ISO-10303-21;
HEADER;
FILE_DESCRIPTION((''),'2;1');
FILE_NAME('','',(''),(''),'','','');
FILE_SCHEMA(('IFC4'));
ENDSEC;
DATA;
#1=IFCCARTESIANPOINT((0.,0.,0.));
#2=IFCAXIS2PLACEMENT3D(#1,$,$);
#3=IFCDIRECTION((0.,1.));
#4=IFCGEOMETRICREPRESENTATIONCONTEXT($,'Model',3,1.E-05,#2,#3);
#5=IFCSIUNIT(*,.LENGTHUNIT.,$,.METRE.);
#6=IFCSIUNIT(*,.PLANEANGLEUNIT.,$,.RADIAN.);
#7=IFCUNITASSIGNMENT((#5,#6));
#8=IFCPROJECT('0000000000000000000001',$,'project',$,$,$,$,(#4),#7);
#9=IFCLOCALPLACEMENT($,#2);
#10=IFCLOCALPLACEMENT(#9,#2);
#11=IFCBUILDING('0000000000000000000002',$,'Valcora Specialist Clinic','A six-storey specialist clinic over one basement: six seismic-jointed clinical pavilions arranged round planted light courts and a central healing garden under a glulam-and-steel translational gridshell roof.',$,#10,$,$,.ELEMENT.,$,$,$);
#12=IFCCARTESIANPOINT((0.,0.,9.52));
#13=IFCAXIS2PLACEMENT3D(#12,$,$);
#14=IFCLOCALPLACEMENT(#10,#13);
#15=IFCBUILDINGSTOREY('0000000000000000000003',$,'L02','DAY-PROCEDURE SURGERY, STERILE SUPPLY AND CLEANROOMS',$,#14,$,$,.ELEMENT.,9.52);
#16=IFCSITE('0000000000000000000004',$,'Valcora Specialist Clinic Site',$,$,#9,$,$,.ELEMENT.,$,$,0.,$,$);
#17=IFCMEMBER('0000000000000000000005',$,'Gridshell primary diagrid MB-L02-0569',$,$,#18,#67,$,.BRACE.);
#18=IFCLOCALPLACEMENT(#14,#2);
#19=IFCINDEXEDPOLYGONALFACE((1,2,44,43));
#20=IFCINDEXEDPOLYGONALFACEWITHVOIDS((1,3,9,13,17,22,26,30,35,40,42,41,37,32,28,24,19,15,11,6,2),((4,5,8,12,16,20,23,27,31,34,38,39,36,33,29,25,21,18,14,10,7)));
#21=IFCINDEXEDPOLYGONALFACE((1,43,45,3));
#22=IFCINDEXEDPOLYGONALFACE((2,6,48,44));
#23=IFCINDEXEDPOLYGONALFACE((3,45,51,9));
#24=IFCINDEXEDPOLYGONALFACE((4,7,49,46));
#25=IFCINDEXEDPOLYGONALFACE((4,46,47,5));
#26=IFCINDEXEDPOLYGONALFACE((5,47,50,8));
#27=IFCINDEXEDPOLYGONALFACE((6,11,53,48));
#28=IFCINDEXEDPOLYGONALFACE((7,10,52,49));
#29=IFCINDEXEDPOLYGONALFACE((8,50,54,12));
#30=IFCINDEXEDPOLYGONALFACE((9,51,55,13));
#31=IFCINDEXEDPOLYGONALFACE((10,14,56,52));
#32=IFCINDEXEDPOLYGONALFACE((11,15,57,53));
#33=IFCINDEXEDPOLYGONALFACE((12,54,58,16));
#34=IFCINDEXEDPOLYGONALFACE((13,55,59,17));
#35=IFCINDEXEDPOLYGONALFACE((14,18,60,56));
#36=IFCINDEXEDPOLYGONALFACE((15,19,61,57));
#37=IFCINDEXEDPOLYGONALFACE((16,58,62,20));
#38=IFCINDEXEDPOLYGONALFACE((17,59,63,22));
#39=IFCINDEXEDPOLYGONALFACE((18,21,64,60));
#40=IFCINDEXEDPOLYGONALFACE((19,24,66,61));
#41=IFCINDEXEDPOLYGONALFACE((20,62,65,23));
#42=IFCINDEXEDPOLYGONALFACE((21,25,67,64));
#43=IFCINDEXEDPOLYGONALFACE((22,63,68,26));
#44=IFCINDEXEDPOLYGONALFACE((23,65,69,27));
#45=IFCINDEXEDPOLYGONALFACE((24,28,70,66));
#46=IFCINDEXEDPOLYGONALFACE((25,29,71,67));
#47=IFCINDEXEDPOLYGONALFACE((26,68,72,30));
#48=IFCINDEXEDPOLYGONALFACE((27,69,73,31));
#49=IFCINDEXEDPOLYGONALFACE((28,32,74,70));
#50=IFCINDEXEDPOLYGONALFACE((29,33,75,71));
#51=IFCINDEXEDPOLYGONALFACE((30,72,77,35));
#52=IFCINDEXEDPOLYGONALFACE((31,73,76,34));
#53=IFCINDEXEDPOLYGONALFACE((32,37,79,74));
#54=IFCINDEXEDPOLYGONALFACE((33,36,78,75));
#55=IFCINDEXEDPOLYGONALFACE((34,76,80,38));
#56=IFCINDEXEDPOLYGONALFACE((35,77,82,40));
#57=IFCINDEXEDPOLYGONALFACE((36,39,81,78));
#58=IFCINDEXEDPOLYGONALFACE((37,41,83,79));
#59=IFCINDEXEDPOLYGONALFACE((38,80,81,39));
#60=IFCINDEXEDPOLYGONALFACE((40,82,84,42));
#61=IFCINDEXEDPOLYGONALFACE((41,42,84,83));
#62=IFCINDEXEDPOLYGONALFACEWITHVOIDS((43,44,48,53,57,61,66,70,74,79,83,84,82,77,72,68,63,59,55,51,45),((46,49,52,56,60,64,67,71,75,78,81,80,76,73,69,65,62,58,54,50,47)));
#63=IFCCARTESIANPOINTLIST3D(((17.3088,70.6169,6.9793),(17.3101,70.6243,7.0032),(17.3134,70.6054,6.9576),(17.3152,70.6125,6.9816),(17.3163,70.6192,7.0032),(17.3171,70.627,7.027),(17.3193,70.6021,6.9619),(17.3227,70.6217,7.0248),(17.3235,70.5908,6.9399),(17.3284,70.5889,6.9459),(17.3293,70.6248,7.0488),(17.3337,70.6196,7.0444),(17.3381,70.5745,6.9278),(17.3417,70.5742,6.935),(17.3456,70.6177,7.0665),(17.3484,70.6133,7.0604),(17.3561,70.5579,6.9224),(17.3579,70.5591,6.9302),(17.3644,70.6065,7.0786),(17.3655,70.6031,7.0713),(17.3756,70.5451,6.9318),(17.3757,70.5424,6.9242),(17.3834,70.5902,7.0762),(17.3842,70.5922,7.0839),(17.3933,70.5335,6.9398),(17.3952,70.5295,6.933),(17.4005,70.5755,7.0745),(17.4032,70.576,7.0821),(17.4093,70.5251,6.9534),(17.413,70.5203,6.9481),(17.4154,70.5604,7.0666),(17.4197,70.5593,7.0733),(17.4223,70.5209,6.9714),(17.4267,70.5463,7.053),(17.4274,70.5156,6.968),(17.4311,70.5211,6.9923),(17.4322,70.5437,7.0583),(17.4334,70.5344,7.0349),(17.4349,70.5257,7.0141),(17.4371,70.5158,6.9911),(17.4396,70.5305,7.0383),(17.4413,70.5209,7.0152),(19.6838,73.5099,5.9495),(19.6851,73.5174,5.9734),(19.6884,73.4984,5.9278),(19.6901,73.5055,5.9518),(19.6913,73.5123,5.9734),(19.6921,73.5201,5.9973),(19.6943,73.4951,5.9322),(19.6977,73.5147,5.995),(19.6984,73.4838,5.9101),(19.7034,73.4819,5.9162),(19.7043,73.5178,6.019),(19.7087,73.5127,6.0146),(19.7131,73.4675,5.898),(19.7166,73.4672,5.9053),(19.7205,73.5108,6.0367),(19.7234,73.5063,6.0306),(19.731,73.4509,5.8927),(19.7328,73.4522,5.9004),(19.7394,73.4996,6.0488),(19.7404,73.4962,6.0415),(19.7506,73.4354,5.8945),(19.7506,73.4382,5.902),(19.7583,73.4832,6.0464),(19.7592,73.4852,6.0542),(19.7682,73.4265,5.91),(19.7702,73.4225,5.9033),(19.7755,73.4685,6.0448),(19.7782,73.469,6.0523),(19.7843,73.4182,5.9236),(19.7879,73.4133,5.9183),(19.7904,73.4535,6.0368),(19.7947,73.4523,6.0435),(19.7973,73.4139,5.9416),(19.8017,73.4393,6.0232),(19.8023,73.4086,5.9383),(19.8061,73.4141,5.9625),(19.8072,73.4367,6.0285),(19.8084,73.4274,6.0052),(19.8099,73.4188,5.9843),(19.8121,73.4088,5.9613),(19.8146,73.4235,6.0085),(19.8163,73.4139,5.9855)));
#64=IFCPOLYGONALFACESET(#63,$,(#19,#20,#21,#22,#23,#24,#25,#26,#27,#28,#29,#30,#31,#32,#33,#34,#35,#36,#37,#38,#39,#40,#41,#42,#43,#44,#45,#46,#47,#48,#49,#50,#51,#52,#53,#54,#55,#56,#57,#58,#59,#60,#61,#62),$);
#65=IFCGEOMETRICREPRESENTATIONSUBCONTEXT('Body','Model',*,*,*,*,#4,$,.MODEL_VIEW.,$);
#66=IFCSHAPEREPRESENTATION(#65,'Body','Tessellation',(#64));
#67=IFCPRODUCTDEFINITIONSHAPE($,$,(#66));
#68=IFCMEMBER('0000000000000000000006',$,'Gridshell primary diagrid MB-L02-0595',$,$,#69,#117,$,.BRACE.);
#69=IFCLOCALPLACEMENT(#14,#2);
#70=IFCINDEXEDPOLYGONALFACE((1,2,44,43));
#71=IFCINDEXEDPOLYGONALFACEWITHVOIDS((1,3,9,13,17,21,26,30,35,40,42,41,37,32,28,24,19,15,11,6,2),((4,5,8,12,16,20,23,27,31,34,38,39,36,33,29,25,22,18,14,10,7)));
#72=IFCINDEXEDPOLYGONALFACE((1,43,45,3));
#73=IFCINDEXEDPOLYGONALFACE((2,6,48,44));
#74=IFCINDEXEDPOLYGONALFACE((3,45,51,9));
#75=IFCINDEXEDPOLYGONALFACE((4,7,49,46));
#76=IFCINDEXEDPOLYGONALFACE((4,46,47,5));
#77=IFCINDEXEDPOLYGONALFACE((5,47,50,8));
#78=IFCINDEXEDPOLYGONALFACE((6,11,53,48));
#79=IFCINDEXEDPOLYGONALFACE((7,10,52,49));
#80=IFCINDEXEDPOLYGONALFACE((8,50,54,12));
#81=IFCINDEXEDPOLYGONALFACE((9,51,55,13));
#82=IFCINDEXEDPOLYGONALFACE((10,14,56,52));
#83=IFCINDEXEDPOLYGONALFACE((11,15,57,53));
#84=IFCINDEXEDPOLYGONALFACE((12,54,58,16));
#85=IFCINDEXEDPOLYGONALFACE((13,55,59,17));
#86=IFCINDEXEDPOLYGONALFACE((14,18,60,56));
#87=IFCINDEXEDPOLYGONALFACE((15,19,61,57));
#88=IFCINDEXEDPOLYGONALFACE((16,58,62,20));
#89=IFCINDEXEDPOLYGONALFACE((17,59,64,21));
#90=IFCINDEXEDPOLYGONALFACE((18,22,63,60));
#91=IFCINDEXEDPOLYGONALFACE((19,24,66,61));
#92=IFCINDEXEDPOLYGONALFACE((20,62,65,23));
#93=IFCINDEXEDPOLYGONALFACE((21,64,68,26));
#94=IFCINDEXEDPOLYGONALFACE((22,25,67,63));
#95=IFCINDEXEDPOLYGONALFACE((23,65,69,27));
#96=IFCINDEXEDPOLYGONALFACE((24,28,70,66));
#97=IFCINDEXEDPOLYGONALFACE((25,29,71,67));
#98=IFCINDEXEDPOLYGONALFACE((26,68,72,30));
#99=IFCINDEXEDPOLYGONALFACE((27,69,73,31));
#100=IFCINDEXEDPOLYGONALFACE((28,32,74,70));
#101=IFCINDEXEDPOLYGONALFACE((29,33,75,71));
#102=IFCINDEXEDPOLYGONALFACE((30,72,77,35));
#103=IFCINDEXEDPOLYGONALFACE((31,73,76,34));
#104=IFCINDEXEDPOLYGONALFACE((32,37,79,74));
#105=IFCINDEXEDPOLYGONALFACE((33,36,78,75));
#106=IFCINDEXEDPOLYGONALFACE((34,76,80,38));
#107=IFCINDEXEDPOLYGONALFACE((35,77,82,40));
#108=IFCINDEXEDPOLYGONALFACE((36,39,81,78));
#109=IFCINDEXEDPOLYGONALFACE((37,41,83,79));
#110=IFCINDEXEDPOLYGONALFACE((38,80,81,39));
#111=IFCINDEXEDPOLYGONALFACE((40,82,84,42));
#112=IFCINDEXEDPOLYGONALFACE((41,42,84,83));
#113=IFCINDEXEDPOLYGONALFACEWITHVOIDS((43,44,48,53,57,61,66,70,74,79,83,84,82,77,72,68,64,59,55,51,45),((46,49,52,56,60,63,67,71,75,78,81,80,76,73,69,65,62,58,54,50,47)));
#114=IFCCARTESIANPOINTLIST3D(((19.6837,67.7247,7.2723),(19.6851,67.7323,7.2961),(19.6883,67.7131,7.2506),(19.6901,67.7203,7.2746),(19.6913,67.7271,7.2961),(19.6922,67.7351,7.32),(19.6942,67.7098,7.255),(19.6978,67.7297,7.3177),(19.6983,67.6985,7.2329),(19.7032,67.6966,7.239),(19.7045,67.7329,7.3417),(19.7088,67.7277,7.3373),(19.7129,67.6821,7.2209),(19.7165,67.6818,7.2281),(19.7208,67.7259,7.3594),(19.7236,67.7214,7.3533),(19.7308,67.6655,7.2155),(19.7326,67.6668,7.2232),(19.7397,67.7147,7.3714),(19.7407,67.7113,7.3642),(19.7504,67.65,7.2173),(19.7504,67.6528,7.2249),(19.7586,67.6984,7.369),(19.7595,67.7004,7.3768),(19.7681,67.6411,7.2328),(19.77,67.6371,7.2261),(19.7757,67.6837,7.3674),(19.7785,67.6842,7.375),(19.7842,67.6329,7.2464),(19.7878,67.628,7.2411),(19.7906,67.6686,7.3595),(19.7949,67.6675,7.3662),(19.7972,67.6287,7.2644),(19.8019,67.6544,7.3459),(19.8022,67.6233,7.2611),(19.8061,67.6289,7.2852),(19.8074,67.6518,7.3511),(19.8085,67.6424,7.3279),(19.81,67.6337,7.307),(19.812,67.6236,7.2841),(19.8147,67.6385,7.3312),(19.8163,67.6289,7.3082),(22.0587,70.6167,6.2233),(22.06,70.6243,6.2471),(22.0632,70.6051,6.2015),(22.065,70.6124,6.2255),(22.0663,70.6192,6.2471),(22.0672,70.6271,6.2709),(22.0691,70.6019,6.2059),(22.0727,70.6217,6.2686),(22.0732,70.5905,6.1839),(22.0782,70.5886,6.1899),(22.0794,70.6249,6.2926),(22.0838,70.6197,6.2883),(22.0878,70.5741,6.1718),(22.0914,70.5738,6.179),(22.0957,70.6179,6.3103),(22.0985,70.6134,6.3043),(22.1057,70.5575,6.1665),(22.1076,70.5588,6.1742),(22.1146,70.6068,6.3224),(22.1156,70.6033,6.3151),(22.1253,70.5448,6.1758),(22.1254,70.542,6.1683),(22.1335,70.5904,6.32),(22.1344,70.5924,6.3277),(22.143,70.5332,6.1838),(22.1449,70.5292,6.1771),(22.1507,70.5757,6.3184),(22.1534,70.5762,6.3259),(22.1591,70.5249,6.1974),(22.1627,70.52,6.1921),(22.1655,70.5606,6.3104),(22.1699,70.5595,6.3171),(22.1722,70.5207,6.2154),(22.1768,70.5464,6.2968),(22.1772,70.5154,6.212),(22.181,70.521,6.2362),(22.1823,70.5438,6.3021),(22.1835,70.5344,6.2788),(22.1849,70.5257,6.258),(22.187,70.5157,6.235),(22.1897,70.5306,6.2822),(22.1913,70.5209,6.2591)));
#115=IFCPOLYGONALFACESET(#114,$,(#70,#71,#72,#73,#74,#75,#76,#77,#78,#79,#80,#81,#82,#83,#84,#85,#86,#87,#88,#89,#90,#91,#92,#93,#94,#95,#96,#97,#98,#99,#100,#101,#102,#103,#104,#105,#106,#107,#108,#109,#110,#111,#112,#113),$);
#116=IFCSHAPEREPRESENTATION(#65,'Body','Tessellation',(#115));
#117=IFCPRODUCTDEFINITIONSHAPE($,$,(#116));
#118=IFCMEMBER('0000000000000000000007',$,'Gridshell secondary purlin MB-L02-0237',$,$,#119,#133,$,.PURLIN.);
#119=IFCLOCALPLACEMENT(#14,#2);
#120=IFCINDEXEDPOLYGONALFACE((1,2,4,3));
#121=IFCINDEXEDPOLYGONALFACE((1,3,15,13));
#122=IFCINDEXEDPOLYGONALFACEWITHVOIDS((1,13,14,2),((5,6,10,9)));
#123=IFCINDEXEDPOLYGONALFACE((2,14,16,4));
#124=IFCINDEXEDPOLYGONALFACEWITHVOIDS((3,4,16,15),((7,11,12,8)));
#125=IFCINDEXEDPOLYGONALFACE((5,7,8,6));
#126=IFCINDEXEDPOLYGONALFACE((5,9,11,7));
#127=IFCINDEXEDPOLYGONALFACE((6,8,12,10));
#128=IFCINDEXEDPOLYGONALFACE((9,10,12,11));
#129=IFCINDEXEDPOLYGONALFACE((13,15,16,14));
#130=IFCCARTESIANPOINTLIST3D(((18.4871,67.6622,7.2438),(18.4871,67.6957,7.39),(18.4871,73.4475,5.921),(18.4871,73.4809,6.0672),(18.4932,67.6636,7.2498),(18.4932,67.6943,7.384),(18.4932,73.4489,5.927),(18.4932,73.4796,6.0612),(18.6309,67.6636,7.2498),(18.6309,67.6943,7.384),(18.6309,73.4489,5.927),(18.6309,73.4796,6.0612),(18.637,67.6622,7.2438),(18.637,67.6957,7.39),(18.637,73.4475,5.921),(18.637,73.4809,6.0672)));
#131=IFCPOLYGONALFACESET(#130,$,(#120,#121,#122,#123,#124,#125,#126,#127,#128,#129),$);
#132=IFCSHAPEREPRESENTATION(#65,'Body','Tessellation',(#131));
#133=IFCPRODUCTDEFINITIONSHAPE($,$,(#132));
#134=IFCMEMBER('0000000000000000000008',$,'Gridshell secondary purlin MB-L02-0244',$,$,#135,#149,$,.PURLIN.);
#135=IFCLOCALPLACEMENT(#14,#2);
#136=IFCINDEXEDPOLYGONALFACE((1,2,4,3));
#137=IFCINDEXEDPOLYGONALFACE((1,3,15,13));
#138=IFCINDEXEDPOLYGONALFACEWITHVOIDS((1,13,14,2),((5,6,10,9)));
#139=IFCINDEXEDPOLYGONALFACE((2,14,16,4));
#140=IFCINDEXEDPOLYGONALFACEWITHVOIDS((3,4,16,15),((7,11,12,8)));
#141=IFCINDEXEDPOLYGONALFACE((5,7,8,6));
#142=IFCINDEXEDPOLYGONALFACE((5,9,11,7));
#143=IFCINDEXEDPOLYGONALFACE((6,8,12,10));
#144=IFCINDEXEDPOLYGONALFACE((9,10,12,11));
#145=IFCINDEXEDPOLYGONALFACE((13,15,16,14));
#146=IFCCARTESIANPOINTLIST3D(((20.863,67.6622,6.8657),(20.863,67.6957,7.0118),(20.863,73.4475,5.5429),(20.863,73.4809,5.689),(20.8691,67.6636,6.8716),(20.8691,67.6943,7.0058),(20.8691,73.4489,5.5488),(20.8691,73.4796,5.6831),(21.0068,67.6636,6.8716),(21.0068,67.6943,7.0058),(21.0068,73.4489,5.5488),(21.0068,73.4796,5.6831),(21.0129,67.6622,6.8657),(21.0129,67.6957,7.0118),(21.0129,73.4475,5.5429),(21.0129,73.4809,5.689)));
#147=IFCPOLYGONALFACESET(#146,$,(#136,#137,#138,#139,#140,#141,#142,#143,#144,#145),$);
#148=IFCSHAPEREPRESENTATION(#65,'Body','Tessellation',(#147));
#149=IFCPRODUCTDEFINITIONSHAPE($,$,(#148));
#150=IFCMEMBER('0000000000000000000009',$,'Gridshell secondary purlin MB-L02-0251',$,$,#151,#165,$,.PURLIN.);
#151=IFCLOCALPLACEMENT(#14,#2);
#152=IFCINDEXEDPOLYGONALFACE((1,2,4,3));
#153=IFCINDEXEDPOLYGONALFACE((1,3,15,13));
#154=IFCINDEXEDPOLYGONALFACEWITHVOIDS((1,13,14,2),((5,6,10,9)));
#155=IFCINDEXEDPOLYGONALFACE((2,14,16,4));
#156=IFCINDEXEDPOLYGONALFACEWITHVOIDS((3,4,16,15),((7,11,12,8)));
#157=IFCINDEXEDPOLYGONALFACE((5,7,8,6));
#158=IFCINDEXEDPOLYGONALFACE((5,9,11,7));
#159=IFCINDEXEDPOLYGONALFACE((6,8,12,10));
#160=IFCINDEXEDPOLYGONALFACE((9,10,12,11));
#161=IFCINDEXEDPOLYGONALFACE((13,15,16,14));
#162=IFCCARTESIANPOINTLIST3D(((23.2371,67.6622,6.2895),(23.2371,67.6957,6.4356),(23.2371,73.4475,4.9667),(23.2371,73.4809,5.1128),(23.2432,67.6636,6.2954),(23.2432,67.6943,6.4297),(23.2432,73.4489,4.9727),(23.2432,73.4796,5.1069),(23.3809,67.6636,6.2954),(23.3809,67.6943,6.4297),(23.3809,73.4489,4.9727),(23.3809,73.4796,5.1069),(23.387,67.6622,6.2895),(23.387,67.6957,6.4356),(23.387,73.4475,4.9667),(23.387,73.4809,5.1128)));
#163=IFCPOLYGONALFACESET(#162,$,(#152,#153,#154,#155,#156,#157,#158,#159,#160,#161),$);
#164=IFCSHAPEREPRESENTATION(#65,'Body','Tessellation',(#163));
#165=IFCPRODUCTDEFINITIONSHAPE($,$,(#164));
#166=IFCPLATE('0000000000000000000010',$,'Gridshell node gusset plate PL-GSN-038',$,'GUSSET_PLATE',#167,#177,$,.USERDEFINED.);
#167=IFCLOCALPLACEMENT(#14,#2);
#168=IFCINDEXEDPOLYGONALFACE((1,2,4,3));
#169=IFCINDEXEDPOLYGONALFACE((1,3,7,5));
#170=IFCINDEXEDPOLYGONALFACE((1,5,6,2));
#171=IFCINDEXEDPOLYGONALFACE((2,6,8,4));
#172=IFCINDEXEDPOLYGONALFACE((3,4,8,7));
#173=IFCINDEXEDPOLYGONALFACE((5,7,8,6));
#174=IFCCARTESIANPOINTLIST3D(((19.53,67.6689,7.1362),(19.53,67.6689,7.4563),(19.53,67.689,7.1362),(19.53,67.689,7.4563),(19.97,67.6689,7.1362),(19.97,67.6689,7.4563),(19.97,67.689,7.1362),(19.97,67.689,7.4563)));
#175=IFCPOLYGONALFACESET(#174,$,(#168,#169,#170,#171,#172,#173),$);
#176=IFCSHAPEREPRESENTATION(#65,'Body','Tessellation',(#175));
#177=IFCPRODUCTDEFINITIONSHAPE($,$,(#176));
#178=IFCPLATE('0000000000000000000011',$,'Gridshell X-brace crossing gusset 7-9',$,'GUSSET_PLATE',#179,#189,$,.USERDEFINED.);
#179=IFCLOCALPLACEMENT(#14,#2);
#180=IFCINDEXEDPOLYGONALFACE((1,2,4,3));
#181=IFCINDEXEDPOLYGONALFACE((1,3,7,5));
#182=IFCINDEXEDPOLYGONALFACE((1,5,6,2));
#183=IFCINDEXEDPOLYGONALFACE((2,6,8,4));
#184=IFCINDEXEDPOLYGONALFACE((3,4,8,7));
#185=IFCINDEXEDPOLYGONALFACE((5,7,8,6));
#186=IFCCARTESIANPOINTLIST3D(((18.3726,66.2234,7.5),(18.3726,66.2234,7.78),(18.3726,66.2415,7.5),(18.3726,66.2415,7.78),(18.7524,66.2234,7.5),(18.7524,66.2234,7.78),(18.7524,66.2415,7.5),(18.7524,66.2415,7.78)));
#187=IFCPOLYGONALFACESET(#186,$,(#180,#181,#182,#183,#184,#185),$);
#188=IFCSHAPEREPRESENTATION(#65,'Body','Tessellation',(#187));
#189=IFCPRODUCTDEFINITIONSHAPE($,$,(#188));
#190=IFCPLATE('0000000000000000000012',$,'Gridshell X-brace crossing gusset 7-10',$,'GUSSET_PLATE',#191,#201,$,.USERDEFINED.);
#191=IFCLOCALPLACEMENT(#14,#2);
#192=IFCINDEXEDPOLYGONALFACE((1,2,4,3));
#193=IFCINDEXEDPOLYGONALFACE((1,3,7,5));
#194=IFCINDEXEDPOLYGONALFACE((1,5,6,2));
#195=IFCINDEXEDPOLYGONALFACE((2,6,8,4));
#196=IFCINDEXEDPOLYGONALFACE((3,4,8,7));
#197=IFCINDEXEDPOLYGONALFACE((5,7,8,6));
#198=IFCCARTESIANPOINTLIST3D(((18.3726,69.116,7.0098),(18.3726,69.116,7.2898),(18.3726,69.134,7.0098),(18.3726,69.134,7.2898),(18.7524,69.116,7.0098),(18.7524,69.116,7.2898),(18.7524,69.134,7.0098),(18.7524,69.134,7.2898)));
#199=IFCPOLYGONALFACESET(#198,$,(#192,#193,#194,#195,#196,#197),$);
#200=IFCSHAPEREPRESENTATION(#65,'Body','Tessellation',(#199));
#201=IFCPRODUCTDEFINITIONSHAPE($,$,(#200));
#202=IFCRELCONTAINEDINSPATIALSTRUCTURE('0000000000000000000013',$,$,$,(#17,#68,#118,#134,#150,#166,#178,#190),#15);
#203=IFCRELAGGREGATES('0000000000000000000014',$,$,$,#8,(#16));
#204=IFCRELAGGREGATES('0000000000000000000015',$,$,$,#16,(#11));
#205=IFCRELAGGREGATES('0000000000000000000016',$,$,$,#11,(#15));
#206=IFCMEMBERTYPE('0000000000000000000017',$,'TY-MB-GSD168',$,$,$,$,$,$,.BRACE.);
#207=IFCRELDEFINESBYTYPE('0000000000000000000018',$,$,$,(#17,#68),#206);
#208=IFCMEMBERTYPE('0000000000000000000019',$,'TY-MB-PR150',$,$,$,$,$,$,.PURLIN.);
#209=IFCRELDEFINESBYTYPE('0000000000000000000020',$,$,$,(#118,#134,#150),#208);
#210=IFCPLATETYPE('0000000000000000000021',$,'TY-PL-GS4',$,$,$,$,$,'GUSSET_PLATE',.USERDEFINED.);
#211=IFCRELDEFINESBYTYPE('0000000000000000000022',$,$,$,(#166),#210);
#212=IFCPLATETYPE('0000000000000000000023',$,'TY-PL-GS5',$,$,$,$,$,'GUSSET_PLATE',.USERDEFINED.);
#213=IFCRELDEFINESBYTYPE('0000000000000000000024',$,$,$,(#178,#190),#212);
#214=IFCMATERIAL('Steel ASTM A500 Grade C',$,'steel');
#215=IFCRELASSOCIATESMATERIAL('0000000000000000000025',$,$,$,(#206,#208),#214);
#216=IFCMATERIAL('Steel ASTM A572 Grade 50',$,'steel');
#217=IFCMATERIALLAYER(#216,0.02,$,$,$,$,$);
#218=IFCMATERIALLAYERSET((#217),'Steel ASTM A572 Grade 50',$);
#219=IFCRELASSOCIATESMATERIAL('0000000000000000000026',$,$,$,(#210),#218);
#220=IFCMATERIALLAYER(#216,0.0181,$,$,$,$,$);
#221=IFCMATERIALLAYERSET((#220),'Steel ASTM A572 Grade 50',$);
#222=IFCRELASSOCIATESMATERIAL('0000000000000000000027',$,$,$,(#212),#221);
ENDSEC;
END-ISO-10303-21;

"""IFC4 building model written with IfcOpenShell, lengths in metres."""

from ifc_helpers import new_model, si_unit, direction, frame, origin, origin_2d, place, context, subcontext, project, spatial, rectangle, hollow_rectangle, hollow_circle, extrude, material, layer, layer_set, material_profile, profile_set, type_object, element, save


model = new_model("IFC4")

# Units and contexts
model_context = context("Model", 3, precision=1e-05, world=origin(), true_north=direction((0.0, 1.0)))
body_context = subcontext(model_context, "Body", "Model", "MODEL_VIEW")
ifc_project = project(units=[si_unit("LENGTHUNIT", "METRE"), si_unit("PLANEANGLEUNIT", "RADIAN")], contexts=[model_context])

# Site, building, storey
site_placement = place(None, origin())
site = spatial("IfcSite", under=ifc_project, at=site_placement, Name="Valcora Specialist Clinic Site", CompositionType="ELEMENT", RefElevation=0.0)
building_placement = place(site_placement, origin())
building = spatial("IfcBuilding", under=site, at=building_placement, Name="Valcora Specialist Clinic", Description="A six-storey specialist clinic over one basement: six seismic-jointed clinical pavilions arranged round planted light courts and a central healing garden under a glulam-and-steel translational gridshell roof.", CompositionType="ELEMENT")
storey_placement = place(building_placement, frame((0.0, 0.0, 9.52)))
storey = spatial("IfcBuildingStorey", under=building, at=storey_placement, Name="L02", Description="DAY-PROCEDURE SURGERY, STERILE SUPPLY AND CLEANROOMS", CompositionType="ELEMENT", Elevation=9.52)

# Members
ifc_material_1 = material(Name="Steel ASTM A500 Grade C", Category="steel")
ifc_material_profile_1 = material_profile(ifc_material_1, hollow_circle(Radius=0.084, WallThickness=0.0081, at=origin_2d()), Name="ST-CHS-168X8")
ifc_profile_set_1 = profile_set([ifc_material_profile_1], Name="Steel ASTM A500 Grade C")
member_type_1 = type_object("IfcMemberType", Name="TY-MB-GSD168", PredefinedType="BRACE", material=ifc_profile_set_1)
member_1_placement = place(storey_placement, frame((17.375, 70.571, 7.0032), z_axis=(0.611778, 0.745227, -0.265263), x_axis=(-0.772916, 0.634508, 0.0)))
element("IfcMember", 1, at=member_1_placement, inside=storey, type_object=member_type_1, Name="Gridshell primary diagrid MB-L02-0569", PredefinedType="BRACE", context=body_context, shape_type="SweptSolid", body=[
    extrude(hollow_circle(Radius=0.084, WallThickness=0.0081, at=origin_2d()), origin(), (0.0, 0.0, 1.0), 3.8821),
])
member_2_placement = place(storey_placement, frame((19.75, 67.679, 7.2961), z_axis=(0.61108, 0.744126, -0.269923), x_axis=(-0.772811, 0.634636, 0.0)))
element("IfcMember", 2, at=member_2_placement, inside=storey, type_object=member_type_1, Name="Gridshell primary diagrid MB-L02-0595", PredefinedType="BRACE", context=body_context, shape_type="SweptSolid", body=[
    extrude(hollow_circle(Radius=0.084, WallThickness=0.0081, at=origin_2d()), origin(), (0.0, 0.0, 1.0), 3.8865),
])
ifc_material_profile_2 = material_profile(ifc_material_1, hollow_rectangle(XDim=0.1499, YDim=0.1499, WallThickness=0.0061, at=origin_2d()), Name="ST-RHS-150X150X6")
ifc_profile_set_2 = profile_set([ifc_material_profile_2], Name="Steel ASTM A500 Grade C")
member_type_2 = type_object("IfcMemberType", Name="TY-MB-PR150", PredefinedType="PURLIN", material=ifc_profile_set_2)
for number, where, z_axis, x_axis, name in (
    (3, (18.562, 67.679, 7.3169), (0.0, 0.974843, -0.222894), (-1.0, 0.0, 0.0), "Gridshell secondary purlin MB-L02-0237"),
    (4, (20.938, 67.679, 6.9387), (0.0, 0.974843, -0.222894), (-1.0, 0.0, 0.0), "Gridshell secondary purlin MB-L02-0244"),
    (5, (23.312, 67.679, 6.3625), (0.0, 0.974843, -0.222894), (-1.0, 0.0, 0.0), "Gridshell secondary purlin MB-L02-0251"),
):
    element("IfcMember", number, at=place(storey_placement, frame(where, z_axis=z_axis, x_axis=x_axis)), inside=storey, type_object=member_type_2, Name=name, PredefinedType="PURLIN", context=body_context, shape_type="SweptSolid", body=[
        extrude(hollow_rectangle(XDim=0.1499, YDim=0.1499, WallThickness=0.0061, at=origin_2d()), origin(), (0.0, 0.0, 1.0), 5.9346),
    ])

# Plates
ifc_material_2 = material(Name="Steel ASTM A572 Grade 50", Category="steel")
ifc_layer_1 = layer(ifc_material_2, 0.02)
ifc_layer_set_1 = layer_set([ifc_layer_1], Name="Steel ASTM A572 Grade 50")
plate_type_1 = type_object("IfcPlateType", Name="TY-PL-GS4", ElementType="GUSSET_PLATE", PredefinedType="USERDEFINED", material=ifc_layer_set_1)
plate_placement = place(storey_placement, frame((19.75, 67.679, 7.1362), z_axis=(0.0, 0.0, 1.0), x_axis=(1.0, 0.0, 0.0)))
element("IfcPlate", 6, at=plate_placement, inside=storey, type_object=plate_type_1, Name="Gridshell node gusset plate PL-GSN-038", ObjectType="GUSSET_PLATE", PredefinedType="USERDEFINED", context=body_context, shape_type="SweptSolid", body=[
    extrude(rectangle(XDim=0.4399, YDim=0.02, at=origin_2d()), origin(), (0.0, 0.0, 1.0), 0.3201),
])
ifc_layer_2 = layer(ifc_material_2, 0.0181)
ifc_layer_set_2 = layer_set([ifc_layer_2], Name="Steel ASTM A572 Grade 50")
plate_type_2 = type_object("IfcPlateType", Name="TY-PL-GS5", ElementType="GUSSET_PLATE", PredefinedType="USERDEFINED", material=ifc_layer_set_2)
for number, where, z_axis, x_axis, name in (
    (7, (18.5625, 66.2324, 7.5), (0.0, 0.0, 1.0), (1.0, 0.0, 0.0), "Gridshell X-brace crossing gusset 7-9"),
    (8, (18.5625, 69.125, 7.0098), (0.0, 0.0, 1.0), (1.0, 0.0, 0.0), "Gridshell X-brace crossing gusset 7-10"),
):
    element("IfcPlate", number, at=place(storey_placement, frame(where, z_axis=z_axis, x_axis=x_axis)), inside=storey, type_object=plate_type_2, Name=name, ObjectType="GUSSET_PLATE", PredefinedType="USERDEFINED", context=body_context, shape_type="SweptSolid", body=[
        extrude(rectangle(XDim=0.3799, YDim=0.0181, at=origin_2d()), origin(), (0.0, 0.0, 1.0), 0.28),
    ])

save(model, "model.ifc")
